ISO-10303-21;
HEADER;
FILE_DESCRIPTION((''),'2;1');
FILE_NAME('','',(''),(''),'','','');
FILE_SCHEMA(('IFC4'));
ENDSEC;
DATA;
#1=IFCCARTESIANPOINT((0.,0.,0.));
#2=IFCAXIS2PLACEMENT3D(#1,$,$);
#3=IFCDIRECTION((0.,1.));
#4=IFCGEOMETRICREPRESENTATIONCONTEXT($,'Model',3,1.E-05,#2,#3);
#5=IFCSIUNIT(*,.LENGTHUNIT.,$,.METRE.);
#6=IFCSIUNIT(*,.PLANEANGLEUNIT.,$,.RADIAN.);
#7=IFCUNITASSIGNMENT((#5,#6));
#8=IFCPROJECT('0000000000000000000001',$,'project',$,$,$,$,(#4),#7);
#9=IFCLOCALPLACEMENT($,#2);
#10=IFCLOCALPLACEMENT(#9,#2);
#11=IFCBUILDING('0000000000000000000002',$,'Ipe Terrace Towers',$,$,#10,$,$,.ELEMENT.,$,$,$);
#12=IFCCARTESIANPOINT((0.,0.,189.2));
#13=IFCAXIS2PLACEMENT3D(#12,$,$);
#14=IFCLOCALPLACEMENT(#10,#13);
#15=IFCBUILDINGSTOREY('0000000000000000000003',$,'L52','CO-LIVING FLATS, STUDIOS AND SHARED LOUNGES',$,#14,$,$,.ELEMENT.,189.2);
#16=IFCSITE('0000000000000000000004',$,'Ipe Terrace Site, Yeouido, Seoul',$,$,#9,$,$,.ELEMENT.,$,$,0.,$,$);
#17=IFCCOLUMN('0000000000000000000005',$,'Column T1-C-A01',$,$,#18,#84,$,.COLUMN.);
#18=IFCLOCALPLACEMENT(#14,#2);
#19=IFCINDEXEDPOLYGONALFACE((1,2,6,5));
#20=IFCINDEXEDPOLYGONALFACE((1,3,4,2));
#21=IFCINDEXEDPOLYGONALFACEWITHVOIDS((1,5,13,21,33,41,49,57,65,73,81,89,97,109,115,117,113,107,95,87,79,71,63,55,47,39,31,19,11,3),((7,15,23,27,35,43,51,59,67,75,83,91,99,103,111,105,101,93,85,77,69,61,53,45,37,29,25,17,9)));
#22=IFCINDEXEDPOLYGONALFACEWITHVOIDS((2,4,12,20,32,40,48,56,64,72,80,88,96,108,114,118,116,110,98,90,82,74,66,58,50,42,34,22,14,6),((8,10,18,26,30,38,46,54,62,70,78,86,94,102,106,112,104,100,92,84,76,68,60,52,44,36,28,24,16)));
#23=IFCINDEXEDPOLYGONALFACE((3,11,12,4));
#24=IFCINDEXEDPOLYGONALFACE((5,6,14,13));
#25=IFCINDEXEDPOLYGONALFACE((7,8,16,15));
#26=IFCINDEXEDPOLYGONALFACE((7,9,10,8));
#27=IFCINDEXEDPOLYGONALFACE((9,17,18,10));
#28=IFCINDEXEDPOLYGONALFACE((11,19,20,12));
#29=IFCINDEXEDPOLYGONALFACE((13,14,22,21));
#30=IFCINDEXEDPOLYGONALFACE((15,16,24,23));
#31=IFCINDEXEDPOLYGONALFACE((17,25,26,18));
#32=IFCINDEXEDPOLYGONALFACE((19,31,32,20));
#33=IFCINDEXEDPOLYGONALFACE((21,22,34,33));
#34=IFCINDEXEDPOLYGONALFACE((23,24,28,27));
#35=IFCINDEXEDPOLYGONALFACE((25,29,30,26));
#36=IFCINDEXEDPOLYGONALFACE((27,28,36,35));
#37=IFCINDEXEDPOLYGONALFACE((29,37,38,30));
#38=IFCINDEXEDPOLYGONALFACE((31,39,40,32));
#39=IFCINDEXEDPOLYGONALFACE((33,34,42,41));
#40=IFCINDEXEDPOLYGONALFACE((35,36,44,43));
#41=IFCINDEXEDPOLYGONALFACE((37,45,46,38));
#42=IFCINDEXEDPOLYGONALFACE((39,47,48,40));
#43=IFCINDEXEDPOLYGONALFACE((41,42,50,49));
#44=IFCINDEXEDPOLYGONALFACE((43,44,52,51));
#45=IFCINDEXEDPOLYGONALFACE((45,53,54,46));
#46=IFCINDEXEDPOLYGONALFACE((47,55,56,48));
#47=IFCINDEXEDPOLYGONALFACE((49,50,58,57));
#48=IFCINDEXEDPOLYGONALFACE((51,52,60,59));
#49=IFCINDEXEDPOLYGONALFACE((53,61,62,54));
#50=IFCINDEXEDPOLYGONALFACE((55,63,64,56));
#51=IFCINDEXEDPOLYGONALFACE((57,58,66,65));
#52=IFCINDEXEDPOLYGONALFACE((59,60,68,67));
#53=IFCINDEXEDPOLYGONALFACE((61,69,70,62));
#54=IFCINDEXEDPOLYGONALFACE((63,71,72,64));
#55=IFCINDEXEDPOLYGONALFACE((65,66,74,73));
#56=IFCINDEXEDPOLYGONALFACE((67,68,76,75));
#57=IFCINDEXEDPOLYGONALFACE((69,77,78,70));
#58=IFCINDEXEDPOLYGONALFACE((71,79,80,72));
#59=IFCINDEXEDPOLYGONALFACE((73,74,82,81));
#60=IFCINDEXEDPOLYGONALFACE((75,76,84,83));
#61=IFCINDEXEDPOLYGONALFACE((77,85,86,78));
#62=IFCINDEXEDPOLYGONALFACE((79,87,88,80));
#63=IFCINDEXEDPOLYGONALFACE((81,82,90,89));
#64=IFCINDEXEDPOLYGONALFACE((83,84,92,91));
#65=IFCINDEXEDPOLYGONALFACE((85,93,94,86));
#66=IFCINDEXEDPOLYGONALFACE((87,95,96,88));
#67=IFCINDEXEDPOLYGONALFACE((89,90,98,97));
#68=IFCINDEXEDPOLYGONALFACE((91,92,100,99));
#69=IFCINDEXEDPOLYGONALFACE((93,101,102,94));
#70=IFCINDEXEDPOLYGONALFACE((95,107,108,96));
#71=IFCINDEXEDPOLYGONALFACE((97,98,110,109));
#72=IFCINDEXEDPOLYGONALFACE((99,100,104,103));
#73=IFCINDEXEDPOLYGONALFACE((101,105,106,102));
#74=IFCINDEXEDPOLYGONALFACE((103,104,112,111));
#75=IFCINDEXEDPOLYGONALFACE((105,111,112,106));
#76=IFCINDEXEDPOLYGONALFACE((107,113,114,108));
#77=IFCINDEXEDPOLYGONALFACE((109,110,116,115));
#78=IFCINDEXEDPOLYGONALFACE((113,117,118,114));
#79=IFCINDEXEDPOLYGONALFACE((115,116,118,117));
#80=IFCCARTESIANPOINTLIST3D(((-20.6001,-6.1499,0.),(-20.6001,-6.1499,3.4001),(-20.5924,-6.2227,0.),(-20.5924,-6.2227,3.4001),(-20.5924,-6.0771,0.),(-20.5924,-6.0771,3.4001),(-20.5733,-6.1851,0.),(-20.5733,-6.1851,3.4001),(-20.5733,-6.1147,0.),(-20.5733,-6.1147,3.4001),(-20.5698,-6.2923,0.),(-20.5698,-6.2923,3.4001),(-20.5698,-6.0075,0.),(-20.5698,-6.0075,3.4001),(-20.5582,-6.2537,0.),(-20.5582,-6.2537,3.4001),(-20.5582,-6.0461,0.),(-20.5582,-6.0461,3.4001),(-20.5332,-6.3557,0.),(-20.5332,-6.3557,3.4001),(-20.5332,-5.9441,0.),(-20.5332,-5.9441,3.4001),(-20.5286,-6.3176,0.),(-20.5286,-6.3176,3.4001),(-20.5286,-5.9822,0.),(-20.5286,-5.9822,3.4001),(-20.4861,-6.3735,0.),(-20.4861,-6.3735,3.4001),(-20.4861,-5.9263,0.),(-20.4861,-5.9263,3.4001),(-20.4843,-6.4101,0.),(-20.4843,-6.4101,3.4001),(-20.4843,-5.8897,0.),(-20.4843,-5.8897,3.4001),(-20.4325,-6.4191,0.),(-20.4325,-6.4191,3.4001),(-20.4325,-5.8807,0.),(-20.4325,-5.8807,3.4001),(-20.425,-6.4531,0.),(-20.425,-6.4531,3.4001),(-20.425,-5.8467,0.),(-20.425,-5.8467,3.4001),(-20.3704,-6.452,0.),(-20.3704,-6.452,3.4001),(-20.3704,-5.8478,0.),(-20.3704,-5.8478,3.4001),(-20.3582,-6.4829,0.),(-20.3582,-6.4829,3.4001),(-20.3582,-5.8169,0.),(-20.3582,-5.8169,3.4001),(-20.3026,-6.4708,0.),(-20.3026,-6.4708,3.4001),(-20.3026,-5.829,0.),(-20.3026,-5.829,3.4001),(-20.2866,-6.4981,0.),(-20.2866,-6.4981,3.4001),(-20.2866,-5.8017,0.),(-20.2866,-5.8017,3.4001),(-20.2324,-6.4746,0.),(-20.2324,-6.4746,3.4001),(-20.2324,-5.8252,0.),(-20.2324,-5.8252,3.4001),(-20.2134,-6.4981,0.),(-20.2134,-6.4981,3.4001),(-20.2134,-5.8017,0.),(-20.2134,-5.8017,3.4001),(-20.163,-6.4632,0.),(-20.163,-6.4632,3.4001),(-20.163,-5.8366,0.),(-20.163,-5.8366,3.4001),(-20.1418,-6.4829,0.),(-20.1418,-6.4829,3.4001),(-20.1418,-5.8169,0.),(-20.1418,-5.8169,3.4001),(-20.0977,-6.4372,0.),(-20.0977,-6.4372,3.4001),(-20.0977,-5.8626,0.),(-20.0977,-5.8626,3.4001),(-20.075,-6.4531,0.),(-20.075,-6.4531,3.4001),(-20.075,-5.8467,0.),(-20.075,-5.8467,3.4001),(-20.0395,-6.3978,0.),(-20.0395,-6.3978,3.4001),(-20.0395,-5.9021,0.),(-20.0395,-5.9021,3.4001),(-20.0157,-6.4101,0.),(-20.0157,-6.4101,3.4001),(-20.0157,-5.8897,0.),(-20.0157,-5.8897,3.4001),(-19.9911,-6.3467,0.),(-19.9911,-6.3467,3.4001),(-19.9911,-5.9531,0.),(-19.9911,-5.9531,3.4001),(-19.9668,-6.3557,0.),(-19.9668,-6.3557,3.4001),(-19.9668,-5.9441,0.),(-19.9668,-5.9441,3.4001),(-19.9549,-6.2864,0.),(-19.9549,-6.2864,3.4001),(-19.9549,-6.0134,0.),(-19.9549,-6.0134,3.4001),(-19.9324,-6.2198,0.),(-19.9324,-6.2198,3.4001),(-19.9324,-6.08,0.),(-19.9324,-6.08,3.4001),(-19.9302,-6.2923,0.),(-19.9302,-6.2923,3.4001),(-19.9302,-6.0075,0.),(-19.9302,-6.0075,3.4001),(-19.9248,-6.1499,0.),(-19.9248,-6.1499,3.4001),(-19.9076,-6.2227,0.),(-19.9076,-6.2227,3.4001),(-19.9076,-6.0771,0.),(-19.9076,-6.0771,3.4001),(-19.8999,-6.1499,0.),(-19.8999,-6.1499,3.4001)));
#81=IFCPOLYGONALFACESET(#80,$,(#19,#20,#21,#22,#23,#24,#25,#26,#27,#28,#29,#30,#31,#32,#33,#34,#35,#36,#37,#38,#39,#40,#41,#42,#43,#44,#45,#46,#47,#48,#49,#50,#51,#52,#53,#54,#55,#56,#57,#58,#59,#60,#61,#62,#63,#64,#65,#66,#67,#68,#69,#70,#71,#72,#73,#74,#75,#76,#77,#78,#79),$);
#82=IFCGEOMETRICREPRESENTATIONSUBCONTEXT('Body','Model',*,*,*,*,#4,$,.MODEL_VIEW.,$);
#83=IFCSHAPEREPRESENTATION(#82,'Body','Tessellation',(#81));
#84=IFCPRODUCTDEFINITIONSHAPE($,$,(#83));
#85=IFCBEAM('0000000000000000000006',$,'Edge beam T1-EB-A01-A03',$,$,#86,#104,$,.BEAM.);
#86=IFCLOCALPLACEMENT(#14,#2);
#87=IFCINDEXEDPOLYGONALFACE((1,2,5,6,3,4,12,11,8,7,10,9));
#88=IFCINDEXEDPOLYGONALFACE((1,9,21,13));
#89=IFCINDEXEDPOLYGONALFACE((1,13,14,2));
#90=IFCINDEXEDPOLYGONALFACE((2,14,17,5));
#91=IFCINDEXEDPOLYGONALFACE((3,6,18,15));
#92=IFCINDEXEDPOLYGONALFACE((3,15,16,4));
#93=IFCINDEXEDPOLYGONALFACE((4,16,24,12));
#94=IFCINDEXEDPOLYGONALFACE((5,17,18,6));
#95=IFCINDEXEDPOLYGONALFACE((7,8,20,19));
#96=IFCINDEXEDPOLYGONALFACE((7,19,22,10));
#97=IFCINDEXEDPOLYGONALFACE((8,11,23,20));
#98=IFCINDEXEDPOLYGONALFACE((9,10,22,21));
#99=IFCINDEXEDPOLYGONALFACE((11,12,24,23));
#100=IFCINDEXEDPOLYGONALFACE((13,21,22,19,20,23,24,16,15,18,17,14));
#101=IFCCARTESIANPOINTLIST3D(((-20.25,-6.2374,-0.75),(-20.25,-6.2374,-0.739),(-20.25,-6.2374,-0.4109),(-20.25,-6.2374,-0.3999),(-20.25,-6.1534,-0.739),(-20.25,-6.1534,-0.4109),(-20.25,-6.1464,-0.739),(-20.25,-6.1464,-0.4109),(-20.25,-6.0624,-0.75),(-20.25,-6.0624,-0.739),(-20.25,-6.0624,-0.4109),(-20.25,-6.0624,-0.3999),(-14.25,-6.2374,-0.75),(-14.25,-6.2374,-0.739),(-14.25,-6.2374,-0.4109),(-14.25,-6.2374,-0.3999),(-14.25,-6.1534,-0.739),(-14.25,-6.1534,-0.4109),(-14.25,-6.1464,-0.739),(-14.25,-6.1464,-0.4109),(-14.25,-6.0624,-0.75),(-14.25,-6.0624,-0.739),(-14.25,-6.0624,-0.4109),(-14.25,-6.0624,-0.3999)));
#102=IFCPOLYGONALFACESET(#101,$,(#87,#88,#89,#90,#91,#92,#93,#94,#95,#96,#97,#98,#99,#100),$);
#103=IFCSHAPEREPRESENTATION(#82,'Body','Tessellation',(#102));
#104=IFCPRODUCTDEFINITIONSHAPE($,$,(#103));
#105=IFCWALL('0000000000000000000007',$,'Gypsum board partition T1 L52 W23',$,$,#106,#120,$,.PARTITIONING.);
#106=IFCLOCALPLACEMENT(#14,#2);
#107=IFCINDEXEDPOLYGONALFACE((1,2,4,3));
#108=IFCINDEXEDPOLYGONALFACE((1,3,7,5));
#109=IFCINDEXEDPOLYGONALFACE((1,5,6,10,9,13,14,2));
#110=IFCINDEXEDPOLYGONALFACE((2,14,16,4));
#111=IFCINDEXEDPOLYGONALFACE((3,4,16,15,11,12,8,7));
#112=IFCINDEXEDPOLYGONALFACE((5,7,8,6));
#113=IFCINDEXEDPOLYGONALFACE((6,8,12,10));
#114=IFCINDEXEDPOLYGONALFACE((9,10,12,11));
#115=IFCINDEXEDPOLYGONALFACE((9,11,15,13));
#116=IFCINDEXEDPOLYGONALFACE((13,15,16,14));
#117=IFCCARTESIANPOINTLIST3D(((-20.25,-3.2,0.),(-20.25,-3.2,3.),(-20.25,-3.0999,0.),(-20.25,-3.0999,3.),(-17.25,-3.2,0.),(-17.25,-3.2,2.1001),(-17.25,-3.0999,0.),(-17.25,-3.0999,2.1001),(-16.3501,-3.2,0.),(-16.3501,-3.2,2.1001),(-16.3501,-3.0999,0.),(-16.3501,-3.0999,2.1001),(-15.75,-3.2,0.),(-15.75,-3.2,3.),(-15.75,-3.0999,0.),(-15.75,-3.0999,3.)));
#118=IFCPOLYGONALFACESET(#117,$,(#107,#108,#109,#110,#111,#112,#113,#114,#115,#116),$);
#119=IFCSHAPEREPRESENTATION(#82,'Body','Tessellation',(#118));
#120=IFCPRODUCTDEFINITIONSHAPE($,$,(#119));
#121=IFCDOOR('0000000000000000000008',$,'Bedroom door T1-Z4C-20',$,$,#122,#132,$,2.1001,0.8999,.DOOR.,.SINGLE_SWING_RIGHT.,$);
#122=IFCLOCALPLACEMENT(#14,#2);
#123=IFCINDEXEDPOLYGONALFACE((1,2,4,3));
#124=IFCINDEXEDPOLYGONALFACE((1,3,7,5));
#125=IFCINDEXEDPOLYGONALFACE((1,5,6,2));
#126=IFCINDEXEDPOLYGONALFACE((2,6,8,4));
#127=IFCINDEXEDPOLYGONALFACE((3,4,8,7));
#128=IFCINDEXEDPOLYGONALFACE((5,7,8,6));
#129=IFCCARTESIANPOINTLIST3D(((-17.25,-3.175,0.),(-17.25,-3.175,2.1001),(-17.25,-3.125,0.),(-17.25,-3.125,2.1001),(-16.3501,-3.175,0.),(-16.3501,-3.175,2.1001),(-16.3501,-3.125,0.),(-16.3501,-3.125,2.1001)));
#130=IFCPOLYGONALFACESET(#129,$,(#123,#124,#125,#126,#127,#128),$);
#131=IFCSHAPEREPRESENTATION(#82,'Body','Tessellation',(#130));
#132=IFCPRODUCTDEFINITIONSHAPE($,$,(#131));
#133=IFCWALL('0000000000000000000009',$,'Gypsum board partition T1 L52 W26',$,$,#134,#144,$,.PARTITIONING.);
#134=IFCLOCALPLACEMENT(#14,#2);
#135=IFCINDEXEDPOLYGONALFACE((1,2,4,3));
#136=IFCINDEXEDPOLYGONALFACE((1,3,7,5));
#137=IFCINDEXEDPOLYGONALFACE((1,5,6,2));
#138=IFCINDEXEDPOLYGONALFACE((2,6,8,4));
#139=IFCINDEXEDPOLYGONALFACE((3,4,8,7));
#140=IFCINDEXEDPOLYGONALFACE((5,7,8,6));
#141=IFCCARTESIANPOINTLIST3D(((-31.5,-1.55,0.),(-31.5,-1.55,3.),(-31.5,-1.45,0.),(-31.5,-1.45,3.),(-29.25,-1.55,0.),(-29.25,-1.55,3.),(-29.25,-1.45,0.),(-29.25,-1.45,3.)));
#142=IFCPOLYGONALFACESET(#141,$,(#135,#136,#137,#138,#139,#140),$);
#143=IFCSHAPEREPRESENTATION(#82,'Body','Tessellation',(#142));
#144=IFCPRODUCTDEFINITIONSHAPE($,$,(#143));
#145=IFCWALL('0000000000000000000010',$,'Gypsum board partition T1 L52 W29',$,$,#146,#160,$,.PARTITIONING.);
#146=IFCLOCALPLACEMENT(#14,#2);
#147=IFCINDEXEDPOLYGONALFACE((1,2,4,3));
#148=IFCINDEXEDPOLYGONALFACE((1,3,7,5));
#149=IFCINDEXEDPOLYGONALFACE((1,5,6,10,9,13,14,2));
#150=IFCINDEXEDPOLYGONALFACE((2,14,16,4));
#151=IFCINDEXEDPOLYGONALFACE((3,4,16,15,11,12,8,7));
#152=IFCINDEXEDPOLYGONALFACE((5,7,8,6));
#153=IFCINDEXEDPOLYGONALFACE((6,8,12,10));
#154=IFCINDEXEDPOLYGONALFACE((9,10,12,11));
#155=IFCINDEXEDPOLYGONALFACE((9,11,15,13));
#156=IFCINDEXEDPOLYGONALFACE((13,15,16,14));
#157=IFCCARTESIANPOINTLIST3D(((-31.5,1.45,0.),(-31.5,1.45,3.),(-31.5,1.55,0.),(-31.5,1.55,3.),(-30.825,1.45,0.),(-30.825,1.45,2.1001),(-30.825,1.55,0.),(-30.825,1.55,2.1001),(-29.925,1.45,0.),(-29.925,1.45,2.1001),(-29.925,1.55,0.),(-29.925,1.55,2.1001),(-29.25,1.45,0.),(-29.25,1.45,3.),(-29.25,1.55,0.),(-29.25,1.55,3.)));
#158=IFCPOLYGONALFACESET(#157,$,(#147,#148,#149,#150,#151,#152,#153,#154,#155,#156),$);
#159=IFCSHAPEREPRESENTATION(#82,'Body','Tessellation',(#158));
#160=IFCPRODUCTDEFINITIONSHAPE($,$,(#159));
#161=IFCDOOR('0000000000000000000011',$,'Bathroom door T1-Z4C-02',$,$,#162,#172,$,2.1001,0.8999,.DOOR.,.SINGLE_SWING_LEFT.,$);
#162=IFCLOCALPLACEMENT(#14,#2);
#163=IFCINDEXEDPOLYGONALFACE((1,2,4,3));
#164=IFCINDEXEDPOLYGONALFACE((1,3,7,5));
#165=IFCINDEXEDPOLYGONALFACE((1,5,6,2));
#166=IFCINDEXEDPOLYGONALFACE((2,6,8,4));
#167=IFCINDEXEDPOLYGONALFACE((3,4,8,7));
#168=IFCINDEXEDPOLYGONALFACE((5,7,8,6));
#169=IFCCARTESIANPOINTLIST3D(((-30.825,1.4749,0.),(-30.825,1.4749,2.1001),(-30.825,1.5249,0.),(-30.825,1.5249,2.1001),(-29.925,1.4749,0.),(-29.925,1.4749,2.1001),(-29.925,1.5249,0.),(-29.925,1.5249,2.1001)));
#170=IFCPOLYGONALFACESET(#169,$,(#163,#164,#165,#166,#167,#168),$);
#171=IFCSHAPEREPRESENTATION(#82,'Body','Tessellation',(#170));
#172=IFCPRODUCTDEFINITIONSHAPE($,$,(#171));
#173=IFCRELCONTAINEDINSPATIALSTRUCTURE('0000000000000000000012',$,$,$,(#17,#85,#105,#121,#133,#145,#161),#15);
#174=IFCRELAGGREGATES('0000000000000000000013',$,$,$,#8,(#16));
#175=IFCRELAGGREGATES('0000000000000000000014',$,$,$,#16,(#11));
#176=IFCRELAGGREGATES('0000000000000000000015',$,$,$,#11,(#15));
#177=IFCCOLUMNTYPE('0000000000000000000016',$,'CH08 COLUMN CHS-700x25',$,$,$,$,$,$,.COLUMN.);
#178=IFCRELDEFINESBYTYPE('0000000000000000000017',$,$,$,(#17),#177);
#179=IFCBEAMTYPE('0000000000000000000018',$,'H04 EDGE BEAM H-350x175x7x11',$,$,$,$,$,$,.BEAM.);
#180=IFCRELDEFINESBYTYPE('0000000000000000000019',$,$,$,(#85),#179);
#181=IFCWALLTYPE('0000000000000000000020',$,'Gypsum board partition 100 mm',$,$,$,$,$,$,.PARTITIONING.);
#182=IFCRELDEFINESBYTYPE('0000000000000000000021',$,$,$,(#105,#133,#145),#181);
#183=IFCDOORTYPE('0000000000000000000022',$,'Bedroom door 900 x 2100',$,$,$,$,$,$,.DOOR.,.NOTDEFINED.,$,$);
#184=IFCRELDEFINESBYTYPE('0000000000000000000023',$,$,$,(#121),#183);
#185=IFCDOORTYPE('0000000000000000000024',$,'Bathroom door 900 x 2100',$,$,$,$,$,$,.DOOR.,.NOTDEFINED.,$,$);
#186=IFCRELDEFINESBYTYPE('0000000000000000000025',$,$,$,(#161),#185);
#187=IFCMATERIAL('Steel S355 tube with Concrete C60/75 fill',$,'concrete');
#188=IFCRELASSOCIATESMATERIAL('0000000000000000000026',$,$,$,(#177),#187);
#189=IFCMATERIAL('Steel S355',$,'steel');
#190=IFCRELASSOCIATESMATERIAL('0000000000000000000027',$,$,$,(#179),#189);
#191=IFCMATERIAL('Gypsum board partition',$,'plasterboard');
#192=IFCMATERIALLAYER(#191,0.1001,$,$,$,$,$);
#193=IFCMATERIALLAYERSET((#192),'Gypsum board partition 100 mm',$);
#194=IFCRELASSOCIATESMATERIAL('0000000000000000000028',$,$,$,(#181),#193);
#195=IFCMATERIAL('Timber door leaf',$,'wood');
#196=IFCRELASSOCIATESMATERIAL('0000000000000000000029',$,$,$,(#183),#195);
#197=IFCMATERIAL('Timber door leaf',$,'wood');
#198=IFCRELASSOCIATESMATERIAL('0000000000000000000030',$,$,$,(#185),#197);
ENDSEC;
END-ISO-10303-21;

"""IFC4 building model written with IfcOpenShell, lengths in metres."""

from ifc_helpers import new_model, si_unit, direction, frame, frame_2d, origin, origin_2d, place, context, subcontext, project, spatial, rectangle, hollow_circle, i_section, extrude, material, layer, layer_set, material_profile, profile_set, type_object, element, fill, save


model = new_model("IFC4")

# Units and contexts
model_context = context("Model", 3, precision=1e-05, world=origin(), true_north=direction((0.0, 1.0)))
body_context = subcontext(model_context, "Body", "Model", "MODEL_VIEW")
ifc_project = project(units=[si_unit("LENGTHUNIT", "METRE"), si_unit("PLANEANGLEUNIT", "RADIAN")], contexts=[model_context])

# Site, building, storey
site_placement = place(None, origin())
site = spatial("IfcSite", under=ifc_project, at=site_placement, Name="Ipe Terrace Site, Yeouido, Seoul", CompositionType="ELEMENT", RefElevation=0.0)
building_placement = place(site_placement, origin())
building = spatial("IfcBuilding", under=site, at=building_placement, Name="Ipe Terrace Towers", CompositionType="ELEMENT")
storey_placement = place(building_placement, frame((0.0, 0.0, 189.2)))
storey = spatial("IfcBuildingStorey", under=building, at=storey_placement, Name="L52", Description="CO-LIVING FLATS, STUDIOS AND SHARED LOUNGES", CompositionType="ELEMENT", Elevation=189.2)

# Column
ifc_material_1 = material(Name="Steel S355 tube with Concrete C60/75 fill", Category="concrete")
ifc_material_profile_1 = material_profile(ifc_material_1, hollow_circle(Radius=0.3501, WallThickness=0.0249, at=origin_2d()), Name="CHS-700x25")
ifc_profile_set_1 = profile_set([ifc_material_profile_1], Name="Steel S355 tube with Concrete C60/75 fill")
column_type = type_object("IfcColumnType", Name="CH08 COLUMN CHS-700x25", PredefinedType="COLUMN", material=ifc_profile_set_1)
column_placement = place(storey_placement, frame((-20.25, -6.1499, 0.0), z_axis=(0.0, 0.0, 1.0), x_axis=(1.0, 0.0, 0.0)))
element("IfcColumn", 1, at=column_placement, inside=storey, type_object=column_type, Name="Column T1-C-A01", PredefinedType="COLUMN", context=body_context, shape_type="SweptSolid", body=[
    extrude(hollow_circle(Radius=0.3501, WallThickness=0.0249, at=origin_2d()), origin(), (0.0, 0.0, 1.0), 3.4001),
])

# Beam
ifc_material_2 = material(Name="Steel S355", Category="steel")
ifc_material_profile_2 = material_profile(ifc_material_2, i_section(OverallWidth=0.175, OverallDepth=0.3501, WebThickness=0.0071, FlangeThickness=0.011, at=origin_2d()), Name="H-350x175x7x11")
ifc_profile_set_2 = profile_set([ifc_material_profile_2], Name="Steel S355")
beam_type = type_object("IfcBeamType", Name="H04 EDGE BEAM H-350x175x7x11", PredefinedType="BEAM", material=ifc_profile_set_2)
beam_placement = place(storey_placement, frame((-20.25, -6.1499, -0.575), z_axis=(1.0, 0.0, 0.0), x_axis=(0.0, 1.0, 0.0)))
element("IfcBeam", 2, at=beam_placement, inside=storey, type_object=beam_type, Name="Edge beam T1-EB-A01-A03", PredefinedType="BEAM", context=body_context, shape_type="SweptSolid", body=[
    extrude(i_section(OverallWidth=0.175, OverallDepth=0.3501, WebThickness=0.0071, FlangeThickness=0.011, at=origin_2d()), origin(), (0.0, 0.0, 1.0), 6.0),
])

# Wall, opening, door
ifc_material_3 = material(Name="Gypsum board partition", Category="plasterboard")
ifc_layer_1 = layer(ifc_material_3, 0.1001)
ifc_layer_set_1 = layer_set([ifc_layer_1], Name="Gypsum board partition 100 mm")
wall_type_1 = type_object("IfcWallType", Name="Gypsum board partition 100 mm", PredefinedType="PARTITIONING", material=ifc_layer_set_1)
wall_1_placement = place(storey_placement, frame((-20.25, -3.1499, 0.0), z_axis=(0.0, 0.0, 1.0), x_axis=(1.0, 0.0, 0.0)))
wall_1 = element("IfcWall", 3, at=wall_1_placement, inside=storey, type_object=wall_type_1, Name="Gypsum board partition T1 L52 W23", PredefinedType="PARTITIONING", context=body_context, shape_type="SweptSolid", body=[
    extrude(rectangle(XDim=4.5, YDim=0.1001, at=frame_2d((2.25, 0.0))), origin(), (0.0, 0.0, 1.0), 3.0),
])
opening_1_placement = place(wall_1_placement, frame((3.0, 0.0, 0.0)))
opening_1 = element("IfcOpeningElement", 4, at=opening_1_placement, cuts=wall_1, PredefinedType="OPENING", context=body_context, shape_type="SweptSolid", body=[
    extrude(rectangle(XDim=0.8999, YDim=2.1001, at=frame_2d((0.45, 1.05))), frame((0.0, 0.0601, 0.0), z_axis=(0.0, -1.0, 0.0), x_axis=(1.0, 0.0, 0.0)), (0.0, 0.0, 1.0), 0.1201),
])
ifc_material_4 = material(Name="Timber door leaf", Category="wood")
door_type_1 = type_object("IfcDoorType", Name="Bedroom door 900 x 2100", OperationType="NOTDEFINED", PredefinedType="DOOR", material=ifc_material_4)
door_1_placement = place(opening_1_placement, origin())
door_1 = element("IfcDoor", 5, at=door_1_placement, inside=storey, type_object=door_type_1, Name="Bedroom door T1-Z4C-20", OperationType="SINGLE_SWING_RIGHT", OverallHeight=2.1001, OverallWidth=0.8999, PredefinedType="DOOR", context=body_context, shape_type="SweptSolid", body=[
    extrude(rectangle(XDim=0.8999, YDim=2.1001, at=frame_2d((0.45, 1.05))), frame((0.0, 0.0249, 0.0), z_axis=(0.0, -1.0, 0.0), x_axis=(1.0, 0.0, 0.0)), (0.0, 0.0, 1.0), 0.05),
])
fill(opening_1, door_1)

# Wall
wall_2_placement = place(storey_placement, frame((-31.5, -1.5, 0.0), z_axis=(0.0, 0.0, 1.0), x_axis=(1.0, 0.0, 0.0)))
element("IfcWall", 6, at=wall_2_placement, inside=storey, type_object=wall_type_1, Name="Gypsum board partition T1 L52 W26", PredefinedType="PARTITIONING", context=body_context, shape_type="SweptSolid", body=[
    extrude(rectangle(XDim=2.25, YDim=0.1001, at=frame_2d((1.125, 0.0))), origin(), (0.0, 0.0, 1.0), 3.0),
])

# Wall, opening, door
wall_3_placement = place(storey_placement, frame((-31.5, 1.5, 0.0), z_axis=(0.0, 0.0, 1.0), x_axis=(1.0, 0.0, 0.0)))
wall_3 = element("IfcWall", 7, at=wall_3_placement, inside=storey, type_object=wall_type_1, Name="Gypsum board partition T1 L52 W29", PredefinedType="PARTITIONING", context=body_context, shape_type="SweptSolid", body=[
    extrude(rectangle(XDim=2.25, YDim=0.1001, at=frame_2d((1.125, 0.0))), origin(), (0.0, 0.0, 1.0), 3.0),
])
opening_2_placement = place(wall_3_placement, frame((0.675, 0.0, 0.0)))
opening_2 = element("IfcOpeningElement", 8, at=opening_2_placement, cuts=wall_3, PredefinedType="OPENING", context=body_context, shape_type="SweptSolid", body=[
    extrude(rectangle(XDim=0.8999, YDim=2.1001, at=frame_2d((0.45, 1.05))), frame((0.0, 0.0601, 0.0), z_axis=(0.0, -1.0, 0.0), x_axis=(1.0, 0.0, 0.0)), (0.0, 0.0, 1.0), 0.1201),
])
ifc_material_5 = material(Name="Timber door leaf", Category="wood")
door_type_2 = type_object("IfcDoorType", Name="Bathroom door 900 x 2100", OperationType="NOTDEFINED", PredefinedType="DOOR", material=ifc_material_5)
door_2_placement = place(opening_2_placement, origin())
door_2 = element("IfcDoor", 9, at=door_2_placement, inside=storey, type_object=door_type_2, Name="Bathroom door T1-Z4C-02", OperationType="SINGLE_SWING_LEFT", OverallHeight=2.1001, OverallWidth=0.8999, PredefinedType="DOOR", context=body_context, shape_type="SweptSolid", body=[
    extrude(rectangle(XDim=0.8999, YDim=2.1001, at=frame_2d((0.45, 1.05))), frame((0.0, 0.0249, 0.0), z_axis=(0.0, -1.0, 0.0), x_axis=(1.0, 0.0, 0.0)), (0.0, 0.0, 1.0), 0.05),
])
fill(opening_2, door_2)

save(model, "model.ifc")
